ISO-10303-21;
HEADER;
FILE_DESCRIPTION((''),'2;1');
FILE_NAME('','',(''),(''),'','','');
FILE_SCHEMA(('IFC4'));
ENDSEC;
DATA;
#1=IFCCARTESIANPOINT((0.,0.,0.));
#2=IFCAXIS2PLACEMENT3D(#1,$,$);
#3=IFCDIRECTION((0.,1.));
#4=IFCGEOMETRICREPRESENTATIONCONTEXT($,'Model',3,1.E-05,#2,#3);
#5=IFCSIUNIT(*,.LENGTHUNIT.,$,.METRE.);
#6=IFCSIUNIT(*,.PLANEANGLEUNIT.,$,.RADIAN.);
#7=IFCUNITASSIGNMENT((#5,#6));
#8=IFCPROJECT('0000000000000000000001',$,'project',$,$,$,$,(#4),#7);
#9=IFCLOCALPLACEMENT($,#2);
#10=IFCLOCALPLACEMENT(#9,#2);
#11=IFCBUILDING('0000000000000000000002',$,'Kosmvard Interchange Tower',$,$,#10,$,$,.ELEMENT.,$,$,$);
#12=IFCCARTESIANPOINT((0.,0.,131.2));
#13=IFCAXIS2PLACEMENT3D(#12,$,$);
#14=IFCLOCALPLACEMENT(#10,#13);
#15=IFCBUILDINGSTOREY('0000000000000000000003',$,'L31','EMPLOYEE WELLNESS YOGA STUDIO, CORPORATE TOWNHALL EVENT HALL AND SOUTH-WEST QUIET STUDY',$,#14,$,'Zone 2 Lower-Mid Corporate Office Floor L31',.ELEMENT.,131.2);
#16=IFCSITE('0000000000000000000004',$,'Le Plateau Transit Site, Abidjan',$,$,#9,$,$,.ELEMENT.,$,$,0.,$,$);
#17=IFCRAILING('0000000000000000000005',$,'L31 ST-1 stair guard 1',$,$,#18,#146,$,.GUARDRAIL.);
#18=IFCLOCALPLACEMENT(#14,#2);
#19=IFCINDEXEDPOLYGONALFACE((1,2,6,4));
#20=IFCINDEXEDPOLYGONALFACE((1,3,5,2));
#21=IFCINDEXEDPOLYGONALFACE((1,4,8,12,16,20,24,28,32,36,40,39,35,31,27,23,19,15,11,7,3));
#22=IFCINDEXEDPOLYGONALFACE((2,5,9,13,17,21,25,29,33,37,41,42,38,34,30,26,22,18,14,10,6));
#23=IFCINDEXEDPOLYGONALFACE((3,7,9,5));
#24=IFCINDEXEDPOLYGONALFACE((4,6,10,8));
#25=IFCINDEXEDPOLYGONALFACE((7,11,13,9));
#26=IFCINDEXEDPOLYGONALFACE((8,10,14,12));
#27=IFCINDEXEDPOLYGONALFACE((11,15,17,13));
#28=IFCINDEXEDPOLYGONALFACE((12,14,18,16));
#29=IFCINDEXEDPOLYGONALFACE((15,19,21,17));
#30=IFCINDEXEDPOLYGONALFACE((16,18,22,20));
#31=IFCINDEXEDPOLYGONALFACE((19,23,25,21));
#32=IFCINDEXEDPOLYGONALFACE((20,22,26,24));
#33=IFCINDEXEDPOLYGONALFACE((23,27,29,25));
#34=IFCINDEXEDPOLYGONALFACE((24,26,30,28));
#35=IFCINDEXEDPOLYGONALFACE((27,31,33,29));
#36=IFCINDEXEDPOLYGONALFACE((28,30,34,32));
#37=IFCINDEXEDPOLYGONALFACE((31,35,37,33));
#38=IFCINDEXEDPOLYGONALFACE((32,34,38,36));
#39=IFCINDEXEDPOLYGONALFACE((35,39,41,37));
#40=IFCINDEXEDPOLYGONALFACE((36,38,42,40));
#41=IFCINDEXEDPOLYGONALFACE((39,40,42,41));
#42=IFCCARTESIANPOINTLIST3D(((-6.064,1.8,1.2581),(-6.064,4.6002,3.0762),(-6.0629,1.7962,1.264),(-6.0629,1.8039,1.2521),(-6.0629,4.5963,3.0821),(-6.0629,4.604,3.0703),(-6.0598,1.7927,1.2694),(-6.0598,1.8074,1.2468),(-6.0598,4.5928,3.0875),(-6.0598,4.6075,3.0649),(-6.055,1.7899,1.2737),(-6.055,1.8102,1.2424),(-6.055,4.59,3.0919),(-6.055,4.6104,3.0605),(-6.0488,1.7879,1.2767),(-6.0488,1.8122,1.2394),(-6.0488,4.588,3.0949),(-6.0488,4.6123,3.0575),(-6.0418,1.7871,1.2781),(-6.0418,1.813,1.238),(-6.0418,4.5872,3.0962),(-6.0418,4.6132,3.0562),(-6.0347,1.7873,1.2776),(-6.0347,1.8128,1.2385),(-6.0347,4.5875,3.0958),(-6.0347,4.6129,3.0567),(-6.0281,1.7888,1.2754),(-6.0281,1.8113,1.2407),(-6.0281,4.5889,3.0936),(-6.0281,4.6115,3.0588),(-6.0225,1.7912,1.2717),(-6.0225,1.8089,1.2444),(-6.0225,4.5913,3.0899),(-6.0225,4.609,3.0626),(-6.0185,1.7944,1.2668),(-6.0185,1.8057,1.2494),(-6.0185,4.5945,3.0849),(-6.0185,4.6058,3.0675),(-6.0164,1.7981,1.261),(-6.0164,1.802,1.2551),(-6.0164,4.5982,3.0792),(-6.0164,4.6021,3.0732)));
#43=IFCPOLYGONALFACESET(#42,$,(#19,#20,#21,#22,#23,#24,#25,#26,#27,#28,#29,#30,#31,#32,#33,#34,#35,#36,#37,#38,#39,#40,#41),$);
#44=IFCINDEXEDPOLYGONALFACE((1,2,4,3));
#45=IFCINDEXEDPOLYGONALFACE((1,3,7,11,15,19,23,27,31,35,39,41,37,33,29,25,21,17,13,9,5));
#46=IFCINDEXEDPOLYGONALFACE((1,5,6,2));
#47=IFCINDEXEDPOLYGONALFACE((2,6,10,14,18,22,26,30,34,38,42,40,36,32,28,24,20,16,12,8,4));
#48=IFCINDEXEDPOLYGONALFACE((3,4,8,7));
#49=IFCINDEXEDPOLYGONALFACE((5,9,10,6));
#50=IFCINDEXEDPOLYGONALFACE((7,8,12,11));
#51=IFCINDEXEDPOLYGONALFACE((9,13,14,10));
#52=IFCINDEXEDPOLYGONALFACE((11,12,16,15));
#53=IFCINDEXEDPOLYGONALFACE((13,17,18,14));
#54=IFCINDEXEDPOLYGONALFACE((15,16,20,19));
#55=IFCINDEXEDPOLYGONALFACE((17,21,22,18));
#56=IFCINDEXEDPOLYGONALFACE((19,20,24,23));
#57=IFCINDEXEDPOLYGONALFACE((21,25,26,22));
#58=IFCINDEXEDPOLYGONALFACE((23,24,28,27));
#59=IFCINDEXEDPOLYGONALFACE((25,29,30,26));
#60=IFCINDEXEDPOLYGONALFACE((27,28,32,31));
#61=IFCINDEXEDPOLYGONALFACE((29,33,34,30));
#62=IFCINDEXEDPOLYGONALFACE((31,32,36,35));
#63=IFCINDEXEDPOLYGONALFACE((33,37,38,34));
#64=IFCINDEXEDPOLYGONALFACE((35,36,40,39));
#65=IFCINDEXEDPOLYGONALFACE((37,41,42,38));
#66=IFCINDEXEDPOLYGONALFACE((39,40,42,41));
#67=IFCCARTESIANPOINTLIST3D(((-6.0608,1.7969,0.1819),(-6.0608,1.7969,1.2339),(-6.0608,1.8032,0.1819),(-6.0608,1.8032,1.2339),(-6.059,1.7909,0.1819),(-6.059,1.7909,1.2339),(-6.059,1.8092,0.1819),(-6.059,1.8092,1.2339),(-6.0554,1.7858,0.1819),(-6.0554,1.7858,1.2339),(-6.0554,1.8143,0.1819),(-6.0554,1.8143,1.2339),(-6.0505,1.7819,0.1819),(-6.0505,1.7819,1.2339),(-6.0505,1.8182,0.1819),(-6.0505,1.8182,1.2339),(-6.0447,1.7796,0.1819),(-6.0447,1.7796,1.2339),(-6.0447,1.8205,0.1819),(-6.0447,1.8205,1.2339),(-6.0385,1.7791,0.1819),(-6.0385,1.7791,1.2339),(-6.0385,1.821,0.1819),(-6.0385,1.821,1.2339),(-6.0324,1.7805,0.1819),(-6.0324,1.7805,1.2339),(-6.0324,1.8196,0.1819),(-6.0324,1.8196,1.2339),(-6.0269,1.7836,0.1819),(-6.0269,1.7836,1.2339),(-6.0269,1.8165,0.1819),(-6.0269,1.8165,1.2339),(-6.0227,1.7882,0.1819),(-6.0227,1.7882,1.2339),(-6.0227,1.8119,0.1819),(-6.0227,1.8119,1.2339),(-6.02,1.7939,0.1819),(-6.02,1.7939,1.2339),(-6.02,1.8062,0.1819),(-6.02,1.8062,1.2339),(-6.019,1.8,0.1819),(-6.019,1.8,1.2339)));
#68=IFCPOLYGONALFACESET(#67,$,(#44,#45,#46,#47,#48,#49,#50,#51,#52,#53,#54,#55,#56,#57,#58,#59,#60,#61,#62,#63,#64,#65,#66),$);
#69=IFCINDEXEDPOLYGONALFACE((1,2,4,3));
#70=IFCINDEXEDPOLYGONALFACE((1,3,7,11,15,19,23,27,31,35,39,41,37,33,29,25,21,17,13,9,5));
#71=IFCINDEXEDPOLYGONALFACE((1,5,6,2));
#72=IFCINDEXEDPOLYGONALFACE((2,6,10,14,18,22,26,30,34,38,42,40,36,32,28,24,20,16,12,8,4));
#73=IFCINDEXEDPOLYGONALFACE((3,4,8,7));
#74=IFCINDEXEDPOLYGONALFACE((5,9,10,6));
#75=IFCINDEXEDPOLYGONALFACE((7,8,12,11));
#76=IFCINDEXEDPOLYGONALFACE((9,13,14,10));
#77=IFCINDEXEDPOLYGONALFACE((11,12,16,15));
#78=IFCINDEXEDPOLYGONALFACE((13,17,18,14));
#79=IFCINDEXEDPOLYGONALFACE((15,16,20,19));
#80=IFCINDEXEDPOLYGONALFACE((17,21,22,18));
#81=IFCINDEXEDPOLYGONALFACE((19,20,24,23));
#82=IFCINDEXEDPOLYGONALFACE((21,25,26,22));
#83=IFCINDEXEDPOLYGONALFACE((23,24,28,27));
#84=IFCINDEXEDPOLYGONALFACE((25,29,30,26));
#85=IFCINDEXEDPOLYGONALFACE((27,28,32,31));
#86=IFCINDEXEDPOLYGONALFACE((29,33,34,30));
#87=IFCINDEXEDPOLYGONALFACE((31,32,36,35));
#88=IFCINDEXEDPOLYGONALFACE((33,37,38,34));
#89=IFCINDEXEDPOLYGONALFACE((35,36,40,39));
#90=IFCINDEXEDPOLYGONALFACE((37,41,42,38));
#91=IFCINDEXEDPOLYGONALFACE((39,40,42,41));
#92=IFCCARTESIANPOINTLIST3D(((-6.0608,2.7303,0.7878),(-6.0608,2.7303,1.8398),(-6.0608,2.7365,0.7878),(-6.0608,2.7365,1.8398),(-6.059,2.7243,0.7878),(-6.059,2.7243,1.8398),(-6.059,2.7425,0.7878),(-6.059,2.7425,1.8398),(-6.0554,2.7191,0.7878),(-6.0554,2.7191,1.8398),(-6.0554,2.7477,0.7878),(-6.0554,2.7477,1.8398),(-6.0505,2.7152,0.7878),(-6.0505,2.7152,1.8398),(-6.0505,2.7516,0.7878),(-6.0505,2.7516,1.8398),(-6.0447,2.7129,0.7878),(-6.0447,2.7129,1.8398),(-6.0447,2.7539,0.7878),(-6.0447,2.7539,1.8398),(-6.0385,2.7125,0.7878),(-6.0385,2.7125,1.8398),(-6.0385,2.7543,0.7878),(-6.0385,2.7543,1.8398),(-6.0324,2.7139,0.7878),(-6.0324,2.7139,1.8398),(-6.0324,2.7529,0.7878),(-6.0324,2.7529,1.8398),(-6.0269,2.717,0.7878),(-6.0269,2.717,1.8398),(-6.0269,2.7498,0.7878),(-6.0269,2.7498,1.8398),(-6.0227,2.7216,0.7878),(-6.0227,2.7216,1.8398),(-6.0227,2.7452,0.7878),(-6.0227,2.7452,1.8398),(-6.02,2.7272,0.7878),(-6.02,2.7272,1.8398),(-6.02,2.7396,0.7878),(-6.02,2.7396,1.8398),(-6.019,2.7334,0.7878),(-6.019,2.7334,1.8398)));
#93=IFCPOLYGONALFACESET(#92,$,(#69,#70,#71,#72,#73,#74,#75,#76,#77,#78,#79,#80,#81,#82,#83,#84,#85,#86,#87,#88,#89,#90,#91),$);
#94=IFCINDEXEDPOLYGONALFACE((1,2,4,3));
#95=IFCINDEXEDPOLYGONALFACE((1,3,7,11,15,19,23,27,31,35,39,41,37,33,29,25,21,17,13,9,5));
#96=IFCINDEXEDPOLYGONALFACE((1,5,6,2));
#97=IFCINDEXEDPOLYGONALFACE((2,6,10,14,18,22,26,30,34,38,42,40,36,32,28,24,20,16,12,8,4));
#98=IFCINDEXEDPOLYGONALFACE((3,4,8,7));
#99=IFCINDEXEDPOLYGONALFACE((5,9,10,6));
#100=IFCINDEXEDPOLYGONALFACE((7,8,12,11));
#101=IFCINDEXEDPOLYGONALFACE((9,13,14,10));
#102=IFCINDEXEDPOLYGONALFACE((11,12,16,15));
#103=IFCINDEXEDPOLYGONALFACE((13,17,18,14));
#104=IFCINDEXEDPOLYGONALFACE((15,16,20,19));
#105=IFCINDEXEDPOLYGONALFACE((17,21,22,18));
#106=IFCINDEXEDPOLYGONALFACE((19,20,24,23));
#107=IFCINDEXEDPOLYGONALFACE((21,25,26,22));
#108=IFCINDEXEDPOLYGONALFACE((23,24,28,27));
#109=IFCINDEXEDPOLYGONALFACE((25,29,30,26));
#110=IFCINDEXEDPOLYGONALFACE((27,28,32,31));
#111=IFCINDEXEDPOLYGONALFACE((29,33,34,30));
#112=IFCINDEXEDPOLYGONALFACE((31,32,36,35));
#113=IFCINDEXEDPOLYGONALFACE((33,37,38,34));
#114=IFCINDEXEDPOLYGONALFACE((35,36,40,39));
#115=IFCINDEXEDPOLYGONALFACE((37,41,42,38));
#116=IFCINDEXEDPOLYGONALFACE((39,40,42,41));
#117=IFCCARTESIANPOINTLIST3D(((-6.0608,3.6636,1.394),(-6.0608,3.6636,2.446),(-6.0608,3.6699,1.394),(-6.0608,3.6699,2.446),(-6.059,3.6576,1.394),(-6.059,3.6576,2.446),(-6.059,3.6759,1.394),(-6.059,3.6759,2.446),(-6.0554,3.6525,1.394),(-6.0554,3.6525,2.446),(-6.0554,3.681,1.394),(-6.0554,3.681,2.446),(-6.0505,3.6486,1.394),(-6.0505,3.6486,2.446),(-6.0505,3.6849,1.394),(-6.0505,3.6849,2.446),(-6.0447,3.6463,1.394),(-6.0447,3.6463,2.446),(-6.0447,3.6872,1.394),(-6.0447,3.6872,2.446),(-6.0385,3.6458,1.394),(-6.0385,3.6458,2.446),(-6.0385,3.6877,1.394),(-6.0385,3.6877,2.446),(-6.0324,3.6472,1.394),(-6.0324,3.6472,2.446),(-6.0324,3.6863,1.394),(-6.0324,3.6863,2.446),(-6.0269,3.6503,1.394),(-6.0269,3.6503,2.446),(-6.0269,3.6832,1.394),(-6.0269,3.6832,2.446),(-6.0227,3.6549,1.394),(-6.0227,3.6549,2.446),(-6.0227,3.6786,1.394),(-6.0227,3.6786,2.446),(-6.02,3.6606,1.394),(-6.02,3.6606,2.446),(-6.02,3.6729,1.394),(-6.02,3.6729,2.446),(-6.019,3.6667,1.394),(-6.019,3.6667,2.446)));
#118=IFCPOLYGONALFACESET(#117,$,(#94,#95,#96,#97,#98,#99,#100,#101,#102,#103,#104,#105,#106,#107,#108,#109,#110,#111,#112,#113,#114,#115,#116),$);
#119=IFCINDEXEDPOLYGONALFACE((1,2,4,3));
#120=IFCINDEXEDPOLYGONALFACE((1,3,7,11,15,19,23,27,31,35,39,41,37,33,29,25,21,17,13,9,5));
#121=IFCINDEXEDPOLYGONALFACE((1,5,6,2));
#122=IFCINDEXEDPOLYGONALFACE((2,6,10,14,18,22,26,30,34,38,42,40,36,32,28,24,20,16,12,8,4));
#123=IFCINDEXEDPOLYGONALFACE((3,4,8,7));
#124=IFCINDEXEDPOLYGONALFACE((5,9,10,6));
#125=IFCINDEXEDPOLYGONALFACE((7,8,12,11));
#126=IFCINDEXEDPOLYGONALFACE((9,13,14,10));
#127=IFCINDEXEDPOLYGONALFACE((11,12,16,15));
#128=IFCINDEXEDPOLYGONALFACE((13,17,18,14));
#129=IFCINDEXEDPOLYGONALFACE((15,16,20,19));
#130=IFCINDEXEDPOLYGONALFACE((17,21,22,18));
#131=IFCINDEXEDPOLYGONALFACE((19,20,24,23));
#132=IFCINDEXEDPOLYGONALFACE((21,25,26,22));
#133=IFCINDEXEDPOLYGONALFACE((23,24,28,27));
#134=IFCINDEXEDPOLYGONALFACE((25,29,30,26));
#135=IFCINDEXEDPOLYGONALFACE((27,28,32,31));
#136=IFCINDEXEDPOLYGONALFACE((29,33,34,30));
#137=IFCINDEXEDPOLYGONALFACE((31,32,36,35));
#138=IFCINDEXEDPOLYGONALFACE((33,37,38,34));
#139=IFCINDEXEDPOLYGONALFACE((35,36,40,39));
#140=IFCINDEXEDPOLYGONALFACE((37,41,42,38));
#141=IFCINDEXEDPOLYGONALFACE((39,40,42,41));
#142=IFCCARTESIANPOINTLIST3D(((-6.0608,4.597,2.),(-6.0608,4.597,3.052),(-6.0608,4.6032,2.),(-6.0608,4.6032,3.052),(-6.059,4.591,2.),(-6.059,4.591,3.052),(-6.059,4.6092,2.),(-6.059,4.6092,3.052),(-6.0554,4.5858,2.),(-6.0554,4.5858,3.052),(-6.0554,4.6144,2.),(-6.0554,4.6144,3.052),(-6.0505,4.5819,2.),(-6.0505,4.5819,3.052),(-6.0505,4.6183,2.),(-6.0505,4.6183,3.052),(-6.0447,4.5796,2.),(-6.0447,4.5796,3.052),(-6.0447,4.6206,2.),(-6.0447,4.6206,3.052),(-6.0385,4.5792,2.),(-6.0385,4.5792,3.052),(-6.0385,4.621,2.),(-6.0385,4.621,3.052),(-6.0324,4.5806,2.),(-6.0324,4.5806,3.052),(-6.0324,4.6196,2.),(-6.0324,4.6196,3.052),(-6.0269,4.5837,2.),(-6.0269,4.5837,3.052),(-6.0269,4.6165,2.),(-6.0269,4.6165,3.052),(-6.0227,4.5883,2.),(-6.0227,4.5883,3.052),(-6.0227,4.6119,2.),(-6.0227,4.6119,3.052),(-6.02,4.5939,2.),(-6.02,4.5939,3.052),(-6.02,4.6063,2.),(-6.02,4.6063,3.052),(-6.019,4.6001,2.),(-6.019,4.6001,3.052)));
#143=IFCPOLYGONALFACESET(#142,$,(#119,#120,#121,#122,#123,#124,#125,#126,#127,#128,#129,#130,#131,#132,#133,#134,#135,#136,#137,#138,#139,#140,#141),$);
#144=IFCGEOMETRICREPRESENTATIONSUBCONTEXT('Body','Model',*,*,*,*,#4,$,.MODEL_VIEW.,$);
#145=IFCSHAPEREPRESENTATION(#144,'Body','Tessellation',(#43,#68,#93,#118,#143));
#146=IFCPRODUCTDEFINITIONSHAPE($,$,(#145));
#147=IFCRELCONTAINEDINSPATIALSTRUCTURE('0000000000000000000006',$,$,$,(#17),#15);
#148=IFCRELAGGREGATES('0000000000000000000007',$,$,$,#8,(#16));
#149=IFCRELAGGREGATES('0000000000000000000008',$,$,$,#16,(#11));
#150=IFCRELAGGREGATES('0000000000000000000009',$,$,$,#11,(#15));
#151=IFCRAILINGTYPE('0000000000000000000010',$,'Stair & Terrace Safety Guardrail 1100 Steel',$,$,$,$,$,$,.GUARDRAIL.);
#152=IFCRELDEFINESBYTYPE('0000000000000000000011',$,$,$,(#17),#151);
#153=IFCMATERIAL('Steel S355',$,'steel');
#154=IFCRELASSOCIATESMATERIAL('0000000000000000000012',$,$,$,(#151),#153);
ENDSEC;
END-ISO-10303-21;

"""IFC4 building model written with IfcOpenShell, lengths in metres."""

from ifc_helpers import new_model, si_unit, direction, frame, origin, origin_2d, place, context, subcontext, project, spatial, circle, extrude, source, transform, mapped, material, type_object, element, save


model = new_model("IFC4")

# Units and contexts
model_context = context("Model", 3, precision=1e-05, world=origin(), true_north=direction((0.0, 1.0)))
body_context = subcontext(model_context, "Body", "Model", "MODEL_VIEW")
ifc_project = project(units=[si_unit("LENGTHUNIT", "METRE"), si_unit("PLANEANGLEUNIT", "RADIAN")], contexts=[model_context])

# Site, building, storey
site_placement = place(None, origin())
site = spatial("IfcSite", under=ifc_project, at=site_placement, Name="Le Plateau Transit Site, Abidjan", CompositionType="ELEMENT", RefElevation=0.0)
building_placement = place(site_placement, origin())
building = spatial("IfcBuilding", under=site, at=building_placement, Name="Kosmvard Interchange Tower", CompositionType="ELEMENT")
storey_placement = place(building_placement, frame((0.0, 0.0, 131.2)))
storey = spatial("IfcBuildingStorey", under=building, at=storey_placement, Name="L31", Description="EMPLOYEE WELLNESS YOGA STUDIO, CORPORATE TOWNHALL EVENT HALL AND SOUTH-WEST QUIET STUDY", LongName="Zone 2 Lower-Mid Corporate Office Floor L31", CompositionType="ELEMENT", Elevation=131.2)

# Shared definitions
ifc_material_1 = material(Name="Steel S355", Category="steel")

# Railing
railing_type_1 = type_object("IfcRailingType", Name="Stair & Terrace Safety Guardrail 1100 Steel", PredefinedType="GUARDRAIL", material=ifc_material_1)
shared_shape_1 = source(origin(), body_context, "Body", "SweptSolid", [
    extrude(circle(Radius=0.0239, at=origin_2d()), frame((0.0, 0.0, 1.0762), z_axis=(0.0, 0.838706, 0.544585), x_axis=(-1.0, 0.0, 0.0)), (0.0, 0.0, 1.0), 3.3386),
    extrude(circle(Radius=0.021, at=origin_2d()), origin(), (0.0, 0.0, 1.0), 1.052),
    extrude(circle(Radius=0.021, at=origin_2d()), frame((0.0, 0.9333, 0.606)), (0.0, 0.0, 1.0), 1.052),
    extrude(circle(Radius=0.021, at=origin_2d()), frame((0.0, 1.8667, 1.2122)), (0.0, 0.0, 1.0), 1.052),
    extrude(circle(Radius=0.021, at=origin_2d()), frame((0.0, 2.8, 1.8181)), (0.0, 0.0, 1.0), 1.052),
])
railing_1_placement = place(storey_placement, frame((-6.04, 1.8, 0.1819)))
element("IfcRailing", 1, at=railing_1_placement, inside=storey, type_object=railing_type_1, Name="L31 ST-1 stair guard 1", PredefinedType="GUARDRAIL", context=body_context, shape_type="MappedRepresentation", body=[
    mapped(shared_shape_1, transform((0.0, 0.0, 0.0), scale=1.0)),
])

save(model, "model.ifc")
